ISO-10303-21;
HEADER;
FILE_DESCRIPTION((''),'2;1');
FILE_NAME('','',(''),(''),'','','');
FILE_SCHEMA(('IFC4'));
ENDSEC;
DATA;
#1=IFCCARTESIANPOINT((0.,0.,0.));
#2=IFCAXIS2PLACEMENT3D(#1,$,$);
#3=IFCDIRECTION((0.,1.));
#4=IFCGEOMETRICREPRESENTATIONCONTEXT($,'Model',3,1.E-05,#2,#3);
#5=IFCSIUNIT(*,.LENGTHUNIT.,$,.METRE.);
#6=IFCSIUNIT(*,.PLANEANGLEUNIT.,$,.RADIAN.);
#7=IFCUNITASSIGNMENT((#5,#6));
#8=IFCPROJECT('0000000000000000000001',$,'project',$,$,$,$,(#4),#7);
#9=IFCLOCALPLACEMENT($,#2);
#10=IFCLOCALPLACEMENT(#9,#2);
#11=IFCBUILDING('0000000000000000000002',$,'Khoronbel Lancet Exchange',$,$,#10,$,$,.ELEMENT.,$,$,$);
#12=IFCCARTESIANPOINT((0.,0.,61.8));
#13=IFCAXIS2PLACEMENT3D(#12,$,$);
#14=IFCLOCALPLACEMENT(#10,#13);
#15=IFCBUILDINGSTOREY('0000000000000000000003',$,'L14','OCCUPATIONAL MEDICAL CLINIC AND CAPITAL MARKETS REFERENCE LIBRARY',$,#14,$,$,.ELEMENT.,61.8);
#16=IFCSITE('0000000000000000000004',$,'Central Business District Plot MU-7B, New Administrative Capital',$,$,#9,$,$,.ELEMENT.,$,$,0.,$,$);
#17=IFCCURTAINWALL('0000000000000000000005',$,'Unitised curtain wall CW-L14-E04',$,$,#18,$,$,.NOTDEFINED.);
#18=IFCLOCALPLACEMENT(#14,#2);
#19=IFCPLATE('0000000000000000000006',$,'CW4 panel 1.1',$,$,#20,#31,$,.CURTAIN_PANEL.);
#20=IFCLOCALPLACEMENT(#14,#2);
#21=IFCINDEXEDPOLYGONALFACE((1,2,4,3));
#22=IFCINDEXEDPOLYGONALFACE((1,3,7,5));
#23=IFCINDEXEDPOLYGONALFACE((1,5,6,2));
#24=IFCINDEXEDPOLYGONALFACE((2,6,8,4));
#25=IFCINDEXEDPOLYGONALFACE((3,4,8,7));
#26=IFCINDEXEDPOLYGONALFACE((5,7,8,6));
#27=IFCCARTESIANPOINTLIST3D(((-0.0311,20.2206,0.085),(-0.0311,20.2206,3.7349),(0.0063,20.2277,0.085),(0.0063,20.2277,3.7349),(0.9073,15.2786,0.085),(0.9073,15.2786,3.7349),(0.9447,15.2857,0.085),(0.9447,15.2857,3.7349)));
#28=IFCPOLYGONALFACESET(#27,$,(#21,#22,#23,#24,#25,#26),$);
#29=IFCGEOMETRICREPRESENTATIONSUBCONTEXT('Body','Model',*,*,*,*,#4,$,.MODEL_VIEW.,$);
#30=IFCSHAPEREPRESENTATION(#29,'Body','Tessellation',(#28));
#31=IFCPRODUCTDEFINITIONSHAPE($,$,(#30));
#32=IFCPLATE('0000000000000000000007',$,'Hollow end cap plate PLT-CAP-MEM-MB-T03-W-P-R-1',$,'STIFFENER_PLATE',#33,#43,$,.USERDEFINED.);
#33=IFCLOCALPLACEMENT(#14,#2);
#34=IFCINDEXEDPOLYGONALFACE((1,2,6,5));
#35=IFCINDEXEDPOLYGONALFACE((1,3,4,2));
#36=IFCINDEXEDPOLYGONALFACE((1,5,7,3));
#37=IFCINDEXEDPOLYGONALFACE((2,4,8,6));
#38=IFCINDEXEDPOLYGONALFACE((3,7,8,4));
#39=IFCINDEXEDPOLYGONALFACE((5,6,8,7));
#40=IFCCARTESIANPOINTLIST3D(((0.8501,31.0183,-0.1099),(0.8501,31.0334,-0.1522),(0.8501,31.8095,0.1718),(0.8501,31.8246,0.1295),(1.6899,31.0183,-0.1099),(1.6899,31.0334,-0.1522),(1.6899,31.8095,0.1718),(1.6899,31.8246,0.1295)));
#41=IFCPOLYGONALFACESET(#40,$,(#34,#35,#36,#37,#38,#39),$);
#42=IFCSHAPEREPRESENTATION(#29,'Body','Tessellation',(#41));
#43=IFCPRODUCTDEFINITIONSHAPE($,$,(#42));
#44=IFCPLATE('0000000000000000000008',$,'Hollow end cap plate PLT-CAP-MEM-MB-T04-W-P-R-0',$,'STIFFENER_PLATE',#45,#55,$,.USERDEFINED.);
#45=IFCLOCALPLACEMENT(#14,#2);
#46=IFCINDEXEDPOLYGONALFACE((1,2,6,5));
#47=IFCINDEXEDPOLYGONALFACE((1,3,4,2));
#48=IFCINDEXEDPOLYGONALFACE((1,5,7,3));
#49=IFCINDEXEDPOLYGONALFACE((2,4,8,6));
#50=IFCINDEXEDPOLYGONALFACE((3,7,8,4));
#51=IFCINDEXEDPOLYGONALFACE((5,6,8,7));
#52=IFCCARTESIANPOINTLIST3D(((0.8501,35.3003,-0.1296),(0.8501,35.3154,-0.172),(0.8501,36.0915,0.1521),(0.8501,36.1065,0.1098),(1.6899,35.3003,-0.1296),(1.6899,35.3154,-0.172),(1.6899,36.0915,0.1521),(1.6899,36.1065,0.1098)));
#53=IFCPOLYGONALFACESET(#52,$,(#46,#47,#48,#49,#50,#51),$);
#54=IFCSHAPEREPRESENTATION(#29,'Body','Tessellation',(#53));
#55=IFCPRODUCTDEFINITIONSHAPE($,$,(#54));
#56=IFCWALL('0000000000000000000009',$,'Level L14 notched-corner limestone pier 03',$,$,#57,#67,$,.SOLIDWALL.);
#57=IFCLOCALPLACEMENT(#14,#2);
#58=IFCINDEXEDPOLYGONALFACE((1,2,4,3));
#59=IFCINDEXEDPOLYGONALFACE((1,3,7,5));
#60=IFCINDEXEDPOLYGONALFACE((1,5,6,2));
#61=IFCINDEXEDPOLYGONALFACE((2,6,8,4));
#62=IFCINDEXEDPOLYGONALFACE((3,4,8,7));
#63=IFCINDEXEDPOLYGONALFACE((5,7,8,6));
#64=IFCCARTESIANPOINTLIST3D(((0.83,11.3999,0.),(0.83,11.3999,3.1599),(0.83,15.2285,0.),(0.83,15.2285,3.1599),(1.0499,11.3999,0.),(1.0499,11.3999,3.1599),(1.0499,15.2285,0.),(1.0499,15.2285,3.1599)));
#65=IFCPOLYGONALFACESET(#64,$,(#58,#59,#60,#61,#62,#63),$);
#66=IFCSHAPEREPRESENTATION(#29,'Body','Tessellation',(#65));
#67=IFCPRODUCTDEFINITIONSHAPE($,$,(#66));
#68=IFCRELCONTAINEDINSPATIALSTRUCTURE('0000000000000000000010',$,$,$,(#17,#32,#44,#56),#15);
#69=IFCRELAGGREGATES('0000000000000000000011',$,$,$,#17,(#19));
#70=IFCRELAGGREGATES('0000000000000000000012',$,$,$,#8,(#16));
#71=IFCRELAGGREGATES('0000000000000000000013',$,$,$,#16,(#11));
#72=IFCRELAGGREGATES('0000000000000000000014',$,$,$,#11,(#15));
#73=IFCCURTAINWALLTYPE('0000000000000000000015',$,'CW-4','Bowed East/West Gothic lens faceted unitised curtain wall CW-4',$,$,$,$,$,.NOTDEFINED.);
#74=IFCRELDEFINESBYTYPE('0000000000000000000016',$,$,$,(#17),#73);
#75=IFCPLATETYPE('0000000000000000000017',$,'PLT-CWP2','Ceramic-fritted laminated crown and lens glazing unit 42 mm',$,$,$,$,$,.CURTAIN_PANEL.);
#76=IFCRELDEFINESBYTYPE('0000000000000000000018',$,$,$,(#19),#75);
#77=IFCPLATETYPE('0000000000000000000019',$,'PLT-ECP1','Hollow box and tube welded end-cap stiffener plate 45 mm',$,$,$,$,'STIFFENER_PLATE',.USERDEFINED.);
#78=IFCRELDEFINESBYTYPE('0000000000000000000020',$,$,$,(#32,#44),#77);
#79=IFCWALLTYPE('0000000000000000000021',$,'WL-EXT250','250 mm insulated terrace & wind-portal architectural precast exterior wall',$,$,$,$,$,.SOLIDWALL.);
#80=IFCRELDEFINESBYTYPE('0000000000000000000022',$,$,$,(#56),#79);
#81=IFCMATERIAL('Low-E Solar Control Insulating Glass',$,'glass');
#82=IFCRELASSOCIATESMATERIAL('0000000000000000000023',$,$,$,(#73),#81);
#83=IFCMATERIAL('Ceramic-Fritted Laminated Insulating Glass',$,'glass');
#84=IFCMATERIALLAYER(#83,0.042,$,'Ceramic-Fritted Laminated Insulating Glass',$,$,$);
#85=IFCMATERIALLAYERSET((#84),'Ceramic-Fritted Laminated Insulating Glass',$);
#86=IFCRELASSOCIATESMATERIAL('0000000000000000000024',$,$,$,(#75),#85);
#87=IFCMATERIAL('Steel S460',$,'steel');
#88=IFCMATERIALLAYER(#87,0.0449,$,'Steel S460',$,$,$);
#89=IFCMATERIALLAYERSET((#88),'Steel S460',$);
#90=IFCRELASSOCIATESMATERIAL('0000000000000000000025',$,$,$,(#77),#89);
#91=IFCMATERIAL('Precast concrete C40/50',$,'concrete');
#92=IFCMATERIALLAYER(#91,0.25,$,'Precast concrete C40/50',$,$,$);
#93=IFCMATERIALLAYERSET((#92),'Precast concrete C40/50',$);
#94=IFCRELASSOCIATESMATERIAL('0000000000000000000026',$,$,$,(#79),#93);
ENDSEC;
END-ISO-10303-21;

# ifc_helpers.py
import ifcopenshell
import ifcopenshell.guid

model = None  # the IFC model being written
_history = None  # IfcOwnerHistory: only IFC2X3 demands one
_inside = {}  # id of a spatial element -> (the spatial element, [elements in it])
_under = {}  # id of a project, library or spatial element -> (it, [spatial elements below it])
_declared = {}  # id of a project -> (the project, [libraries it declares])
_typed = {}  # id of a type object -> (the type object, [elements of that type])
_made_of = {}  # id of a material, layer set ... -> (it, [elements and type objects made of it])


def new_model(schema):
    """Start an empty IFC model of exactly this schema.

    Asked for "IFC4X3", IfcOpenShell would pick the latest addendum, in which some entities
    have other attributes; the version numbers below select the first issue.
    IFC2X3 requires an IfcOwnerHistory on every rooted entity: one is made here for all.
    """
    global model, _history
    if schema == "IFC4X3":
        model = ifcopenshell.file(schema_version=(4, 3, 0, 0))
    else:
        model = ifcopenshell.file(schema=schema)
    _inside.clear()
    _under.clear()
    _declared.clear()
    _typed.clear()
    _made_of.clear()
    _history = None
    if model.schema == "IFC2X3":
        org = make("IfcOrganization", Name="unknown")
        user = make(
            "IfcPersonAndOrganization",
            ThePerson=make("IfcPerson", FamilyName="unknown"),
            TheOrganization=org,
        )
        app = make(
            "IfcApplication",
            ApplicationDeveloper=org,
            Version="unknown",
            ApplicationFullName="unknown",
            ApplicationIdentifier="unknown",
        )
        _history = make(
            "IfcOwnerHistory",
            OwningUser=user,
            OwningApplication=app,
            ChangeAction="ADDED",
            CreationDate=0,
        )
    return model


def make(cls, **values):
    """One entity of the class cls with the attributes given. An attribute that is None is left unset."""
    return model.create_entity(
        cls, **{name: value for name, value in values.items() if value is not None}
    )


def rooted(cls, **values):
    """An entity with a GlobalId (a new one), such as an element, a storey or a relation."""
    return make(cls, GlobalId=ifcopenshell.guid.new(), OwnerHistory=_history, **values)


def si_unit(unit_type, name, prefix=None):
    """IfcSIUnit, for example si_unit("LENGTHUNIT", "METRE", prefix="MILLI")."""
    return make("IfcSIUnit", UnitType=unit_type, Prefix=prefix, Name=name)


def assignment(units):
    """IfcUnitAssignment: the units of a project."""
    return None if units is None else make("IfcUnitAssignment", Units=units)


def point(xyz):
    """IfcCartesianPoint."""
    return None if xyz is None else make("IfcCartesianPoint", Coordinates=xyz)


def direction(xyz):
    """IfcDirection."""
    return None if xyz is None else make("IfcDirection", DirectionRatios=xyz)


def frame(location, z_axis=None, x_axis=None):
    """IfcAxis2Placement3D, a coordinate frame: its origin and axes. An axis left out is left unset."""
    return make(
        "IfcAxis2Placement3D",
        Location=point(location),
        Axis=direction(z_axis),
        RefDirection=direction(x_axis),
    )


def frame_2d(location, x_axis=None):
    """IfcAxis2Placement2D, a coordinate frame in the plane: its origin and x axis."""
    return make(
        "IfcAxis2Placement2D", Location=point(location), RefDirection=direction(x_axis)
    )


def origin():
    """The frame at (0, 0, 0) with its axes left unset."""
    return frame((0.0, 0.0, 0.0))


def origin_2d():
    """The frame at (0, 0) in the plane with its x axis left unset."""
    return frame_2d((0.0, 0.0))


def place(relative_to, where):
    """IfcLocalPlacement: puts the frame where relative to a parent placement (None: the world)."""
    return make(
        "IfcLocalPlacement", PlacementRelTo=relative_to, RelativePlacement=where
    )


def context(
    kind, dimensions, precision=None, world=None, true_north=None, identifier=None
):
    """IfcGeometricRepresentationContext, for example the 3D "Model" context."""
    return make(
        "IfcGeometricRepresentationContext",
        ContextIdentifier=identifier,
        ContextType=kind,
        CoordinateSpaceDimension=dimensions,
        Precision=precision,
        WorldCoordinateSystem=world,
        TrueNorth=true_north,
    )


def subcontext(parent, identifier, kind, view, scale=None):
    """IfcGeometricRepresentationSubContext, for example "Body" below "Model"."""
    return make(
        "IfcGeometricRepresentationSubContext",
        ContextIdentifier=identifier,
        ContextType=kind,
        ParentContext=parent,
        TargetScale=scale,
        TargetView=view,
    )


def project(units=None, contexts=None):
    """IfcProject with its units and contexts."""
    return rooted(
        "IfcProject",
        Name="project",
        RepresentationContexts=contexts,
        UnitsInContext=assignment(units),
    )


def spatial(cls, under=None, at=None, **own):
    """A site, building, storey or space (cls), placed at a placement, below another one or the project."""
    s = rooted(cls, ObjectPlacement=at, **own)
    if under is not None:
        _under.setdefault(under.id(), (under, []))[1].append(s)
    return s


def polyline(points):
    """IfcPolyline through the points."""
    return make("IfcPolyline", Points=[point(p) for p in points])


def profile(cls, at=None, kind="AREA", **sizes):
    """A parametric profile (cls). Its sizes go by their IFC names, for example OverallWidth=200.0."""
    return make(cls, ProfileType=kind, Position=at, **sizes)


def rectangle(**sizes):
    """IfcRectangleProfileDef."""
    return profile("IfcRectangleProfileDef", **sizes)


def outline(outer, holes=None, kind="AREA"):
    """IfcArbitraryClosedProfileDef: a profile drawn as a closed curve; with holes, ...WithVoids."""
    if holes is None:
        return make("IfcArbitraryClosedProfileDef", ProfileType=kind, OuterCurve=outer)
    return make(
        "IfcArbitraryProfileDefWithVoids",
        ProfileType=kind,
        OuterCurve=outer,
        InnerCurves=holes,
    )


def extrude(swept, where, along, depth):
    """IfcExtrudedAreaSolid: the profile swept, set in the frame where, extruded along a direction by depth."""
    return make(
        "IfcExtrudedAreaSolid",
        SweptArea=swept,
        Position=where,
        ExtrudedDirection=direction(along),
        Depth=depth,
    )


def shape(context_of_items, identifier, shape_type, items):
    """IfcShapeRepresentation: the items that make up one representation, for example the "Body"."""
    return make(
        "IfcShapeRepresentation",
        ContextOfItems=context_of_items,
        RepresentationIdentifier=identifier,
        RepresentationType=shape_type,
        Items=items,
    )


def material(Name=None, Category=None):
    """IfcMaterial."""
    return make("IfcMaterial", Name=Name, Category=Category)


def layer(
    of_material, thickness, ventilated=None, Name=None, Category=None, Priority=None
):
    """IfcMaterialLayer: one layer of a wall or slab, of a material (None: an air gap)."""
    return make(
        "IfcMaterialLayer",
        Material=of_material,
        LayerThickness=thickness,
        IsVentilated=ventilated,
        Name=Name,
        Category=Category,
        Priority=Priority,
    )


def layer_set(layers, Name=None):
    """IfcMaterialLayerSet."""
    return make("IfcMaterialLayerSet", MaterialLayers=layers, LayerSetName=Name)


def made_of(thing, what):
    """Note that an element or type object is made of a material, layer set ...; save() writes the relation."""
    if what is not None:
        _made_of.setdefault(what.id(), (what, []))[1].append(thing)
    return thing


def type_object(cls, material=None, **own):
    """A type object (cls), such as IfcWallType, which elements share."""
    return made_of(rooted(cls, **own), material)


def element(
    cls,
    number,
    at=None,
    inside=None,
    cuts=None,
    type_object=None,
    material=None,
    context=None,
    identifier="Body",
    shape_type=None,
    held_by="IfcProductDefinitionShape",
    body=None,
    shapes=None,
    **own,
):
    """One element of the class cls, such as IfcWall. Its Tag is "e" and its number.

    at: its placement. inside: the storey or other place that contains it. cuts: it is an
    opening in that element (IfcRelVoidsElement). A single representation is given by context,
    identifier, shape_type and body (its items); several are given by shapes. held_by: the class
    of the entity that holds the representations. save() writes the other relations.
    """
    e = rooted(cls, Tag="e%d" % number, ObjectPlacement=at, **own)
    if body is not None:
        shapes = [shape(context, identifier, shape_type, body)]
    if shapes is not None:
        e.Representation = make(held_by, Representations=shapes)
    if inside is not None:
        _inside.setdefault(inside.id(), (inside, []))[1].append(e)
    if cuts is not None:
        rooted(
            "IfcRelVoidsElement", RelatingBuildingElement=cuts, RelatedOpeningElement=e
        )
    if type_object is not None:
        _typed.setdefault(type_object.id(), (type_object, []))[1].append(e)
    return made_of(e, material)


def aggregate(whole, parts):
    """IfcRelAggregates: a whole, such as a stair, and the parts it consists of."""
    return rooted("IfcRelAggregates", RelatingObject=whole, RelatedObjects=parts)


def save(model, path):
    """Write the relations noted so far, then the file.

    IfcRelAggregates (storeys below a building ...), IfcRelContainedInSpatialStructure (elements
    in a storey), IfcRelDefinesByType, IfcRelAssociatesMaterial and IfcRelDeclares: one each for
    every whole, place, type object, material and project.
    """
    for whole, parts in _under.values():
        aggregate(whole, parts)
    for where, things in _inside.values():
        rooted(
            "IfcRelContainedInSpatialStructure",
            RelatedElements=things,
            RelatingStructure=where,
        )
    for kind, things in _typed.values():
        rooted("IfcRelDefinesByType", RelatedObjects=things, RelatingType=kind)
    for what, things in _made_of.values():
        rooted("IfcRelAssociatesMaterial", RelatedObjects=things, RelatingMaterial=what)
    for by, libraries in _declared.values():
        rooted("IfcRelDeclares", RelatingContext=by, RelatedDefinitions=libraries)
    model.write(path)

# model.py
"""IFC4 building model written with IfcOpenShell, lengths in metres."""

from ifc_helpers import new_model, si_unit, direction, frame, frame_2d, origin, origin_2d, place, context, subcontext, project, spatial, polyline, rectangle, outline, extrude, material, layer, layer_set, type_object, element, aggregate, save


model = new_model("IFC4")

# Units and contexts
model_context = context("Model", 3, precision=1e-05, world=origin(), true_north=direction((0.0, 1.0)))
body_context = subcontext(model_context, "Body", "Model", "MODEL_VIEW")
ifc_project = project(units=[si_unit("LENGTHUNIT", "METRE"), si_unit("PLANEANGLEUNIT", "RADIAN")], contexts=[model_context])

# Site, building, storey
site_placement = place(None, origin())
site = spatial("IfcSite", under=ifc_project, at=site_placement, Name="Central Business District Plot MU-7B, New Administrative Capital", CompositionType="ELEMENT", RefElevation=0.0)
building_placement = place(site_placement, origin())
building = spatial("IfcBuilding", under=site, at=building_placement, Name="Khoronbel Lancet Exchange", CompositionType="ELEMENT")
storey_placement = place(building_placement, frame((0.0, 0.0, 61.8)))
storey = spatial("IfcBuildingStorey", under=building, at=storey_placement, Name="L14", Description="OCCUPATIONAL MEDICAL CLINIC AND CAPITAL MARKETS REFERENCE LIBRARY", CompositionType="ELEMENT", Elevation=61.8)

# Curtain wall
ifc_material_1 = material(Name="Low-E Solar Control Insulating Glass", Category="glass")
curtain_wall_type = type_object("IfcCurtainWallType", Name="CW-4", Description="Bowed East/West Gothic lens faceted unitised curtain wall CW-4", PredefinedType="NOTDEFINED", material=ifc_material_1)
curtain_wall_1_placement = place(storey_placement, origin())
curtain_wall_1 = element("IfcCurtainWall", 1, at=curtain_wall_1_placement, inside=storey, type_object=curtain_wall_type, Name="Unitised curtain wall CW-L14-E04", PredefinedType="NOTDEFINED")

# Plate
ifc_material_2 = material(Name="Ceramic-Fritted Laminated Insulating Glass", Category="glass")
ifc_layer_1 = layer(ifc_material_2, 0.042, Name="Ceramic-Fritted Laminated Insulating Glass")
ifc_layer_set_1 = layer_set([ifc_layer_1], Name="Ceramic-Fritted Laminated Insulating Glass")
plate_type_1 = type_object("IfcPlateType", Name="PLT-CWP2", Description="Ceramic-fritted laminated crown and lens glazing unit 42 mm", PredefinedType="CURTAIN_PANEL", material=ifc_layer_set_1)
plate_1_placement = place(storey_placement, frame((0.4568, 17.7532, 0.085), z_axis=(0.0, 0.0, 1.0), x_axis=(-0.186551, 0.982445, 0.0)))
plate_1 = element("IfcPlate", 2, at=plate_1_placement, type_object=plate_type_1, Name="CW4 panel 1.1", PredefinedType="CURTAIN_PANEL", context=body_context, shape_type="SweptSolid", body=[
    extrude(rectangle(XDim=5.0303, YDim=0.0381, at=origin_2d()), origin(), (0.0, 0.0, 1.0), 3.6499),
])
aggregate(curtain_wall_1, [plate_1])

# Plates
ifc_material_3 = material(Name="Steel S460", Category="steel")
ifc_layer_2 = layer(ifc_material_3, 0.0449, Name="Steel S460")
ifc_layer_set_2 = layer_set([ifc_layer_2], Name="Steel S460")
plate_type_2 = type_object("IfcPlateType", Name="PLT-ECP1", Description="Hollow box and tube welded end-cap stiffener plate 45 mm", ElementType="STIFFENER_PLATE", PredefinedType="USERDEFINED", material=ifc_layer_set_2)
for number, where, z_axis, x_axis, name in (
    (3, (0.8501, 31.0183, -0.1099), (0.0, -0.335434, 0.942064), (1.0, 0.0, 0.0), "Hollow end cap plate PLT-CAP-MEM-MB-T03-W-P-R-1"),
    (4, (0.8501, 35.3003, -0.1296), (0.0, -0.335434, 0.942064), (1.0, 0.0, 0.0), "Hollow end cap plate PLT-CAP-MEM-MB-T04-W-P-R-0"),
):
    element("IfcPlate", number, at=place(storey_placement, frame(where, z_axis=z_axis, x_axis=x_axis)), inside=storey, type_object=plate_type_2, Name=name, ObjectType="STIFFENER_PLATE", PredefinedType="USERDEFINED", context=body_context, shape_type="SweptSolid", body=[
        extrude(outline(polyline([(0.0, 0.0), (0.8398, 0.0), (0.8398, 0.8398), (0.0, 0.8398), (0.0, 0.0)])), origin(), (0.0, 0.0, -1.0), 0.0449),
    ])

# Wall
ifc_material_4 = material(Name="Precast concrete C40/50", Category="concrete")
ifc_layer_3 = layer(ifc_material_4, 0.25, Name="Precast concrete C40/50")
ifc_layer_set_3 = layer_set([ifc_layer_3], Name="Precast concrete C40/50")
wall_type = type_object("IfcWallType", Name="WL-EXT250", Description="250 mm insulated terrace & wind-portal architectural precast exterior wall", PredefinedType="SOLIDWALL", material=ifc_layer_set_3)
wall_placement = place(storey_placement, frame((0.9399, 11.3999, 0.0), z_axis=(0.0, 0.0, 1.0), x_axis=(0.0, 1.0, 0.0)))
element("IfcWall", 5, at=wall_placement, inside=storey, type_object=wall_type, Name="Level L14 notched-corner limestone pier 03", PredefinedType="SOLIDWALL", context=body_context, shape_type="SweptSolid", body=[
    extrude(rectangle(XDim=3.8286, YDim=0.22, at=frame_2d((1.9143, 0.0))), origin(), (0.0, 0.0, 1.0), 3.1599),
])

save(model, "model.ifc")
